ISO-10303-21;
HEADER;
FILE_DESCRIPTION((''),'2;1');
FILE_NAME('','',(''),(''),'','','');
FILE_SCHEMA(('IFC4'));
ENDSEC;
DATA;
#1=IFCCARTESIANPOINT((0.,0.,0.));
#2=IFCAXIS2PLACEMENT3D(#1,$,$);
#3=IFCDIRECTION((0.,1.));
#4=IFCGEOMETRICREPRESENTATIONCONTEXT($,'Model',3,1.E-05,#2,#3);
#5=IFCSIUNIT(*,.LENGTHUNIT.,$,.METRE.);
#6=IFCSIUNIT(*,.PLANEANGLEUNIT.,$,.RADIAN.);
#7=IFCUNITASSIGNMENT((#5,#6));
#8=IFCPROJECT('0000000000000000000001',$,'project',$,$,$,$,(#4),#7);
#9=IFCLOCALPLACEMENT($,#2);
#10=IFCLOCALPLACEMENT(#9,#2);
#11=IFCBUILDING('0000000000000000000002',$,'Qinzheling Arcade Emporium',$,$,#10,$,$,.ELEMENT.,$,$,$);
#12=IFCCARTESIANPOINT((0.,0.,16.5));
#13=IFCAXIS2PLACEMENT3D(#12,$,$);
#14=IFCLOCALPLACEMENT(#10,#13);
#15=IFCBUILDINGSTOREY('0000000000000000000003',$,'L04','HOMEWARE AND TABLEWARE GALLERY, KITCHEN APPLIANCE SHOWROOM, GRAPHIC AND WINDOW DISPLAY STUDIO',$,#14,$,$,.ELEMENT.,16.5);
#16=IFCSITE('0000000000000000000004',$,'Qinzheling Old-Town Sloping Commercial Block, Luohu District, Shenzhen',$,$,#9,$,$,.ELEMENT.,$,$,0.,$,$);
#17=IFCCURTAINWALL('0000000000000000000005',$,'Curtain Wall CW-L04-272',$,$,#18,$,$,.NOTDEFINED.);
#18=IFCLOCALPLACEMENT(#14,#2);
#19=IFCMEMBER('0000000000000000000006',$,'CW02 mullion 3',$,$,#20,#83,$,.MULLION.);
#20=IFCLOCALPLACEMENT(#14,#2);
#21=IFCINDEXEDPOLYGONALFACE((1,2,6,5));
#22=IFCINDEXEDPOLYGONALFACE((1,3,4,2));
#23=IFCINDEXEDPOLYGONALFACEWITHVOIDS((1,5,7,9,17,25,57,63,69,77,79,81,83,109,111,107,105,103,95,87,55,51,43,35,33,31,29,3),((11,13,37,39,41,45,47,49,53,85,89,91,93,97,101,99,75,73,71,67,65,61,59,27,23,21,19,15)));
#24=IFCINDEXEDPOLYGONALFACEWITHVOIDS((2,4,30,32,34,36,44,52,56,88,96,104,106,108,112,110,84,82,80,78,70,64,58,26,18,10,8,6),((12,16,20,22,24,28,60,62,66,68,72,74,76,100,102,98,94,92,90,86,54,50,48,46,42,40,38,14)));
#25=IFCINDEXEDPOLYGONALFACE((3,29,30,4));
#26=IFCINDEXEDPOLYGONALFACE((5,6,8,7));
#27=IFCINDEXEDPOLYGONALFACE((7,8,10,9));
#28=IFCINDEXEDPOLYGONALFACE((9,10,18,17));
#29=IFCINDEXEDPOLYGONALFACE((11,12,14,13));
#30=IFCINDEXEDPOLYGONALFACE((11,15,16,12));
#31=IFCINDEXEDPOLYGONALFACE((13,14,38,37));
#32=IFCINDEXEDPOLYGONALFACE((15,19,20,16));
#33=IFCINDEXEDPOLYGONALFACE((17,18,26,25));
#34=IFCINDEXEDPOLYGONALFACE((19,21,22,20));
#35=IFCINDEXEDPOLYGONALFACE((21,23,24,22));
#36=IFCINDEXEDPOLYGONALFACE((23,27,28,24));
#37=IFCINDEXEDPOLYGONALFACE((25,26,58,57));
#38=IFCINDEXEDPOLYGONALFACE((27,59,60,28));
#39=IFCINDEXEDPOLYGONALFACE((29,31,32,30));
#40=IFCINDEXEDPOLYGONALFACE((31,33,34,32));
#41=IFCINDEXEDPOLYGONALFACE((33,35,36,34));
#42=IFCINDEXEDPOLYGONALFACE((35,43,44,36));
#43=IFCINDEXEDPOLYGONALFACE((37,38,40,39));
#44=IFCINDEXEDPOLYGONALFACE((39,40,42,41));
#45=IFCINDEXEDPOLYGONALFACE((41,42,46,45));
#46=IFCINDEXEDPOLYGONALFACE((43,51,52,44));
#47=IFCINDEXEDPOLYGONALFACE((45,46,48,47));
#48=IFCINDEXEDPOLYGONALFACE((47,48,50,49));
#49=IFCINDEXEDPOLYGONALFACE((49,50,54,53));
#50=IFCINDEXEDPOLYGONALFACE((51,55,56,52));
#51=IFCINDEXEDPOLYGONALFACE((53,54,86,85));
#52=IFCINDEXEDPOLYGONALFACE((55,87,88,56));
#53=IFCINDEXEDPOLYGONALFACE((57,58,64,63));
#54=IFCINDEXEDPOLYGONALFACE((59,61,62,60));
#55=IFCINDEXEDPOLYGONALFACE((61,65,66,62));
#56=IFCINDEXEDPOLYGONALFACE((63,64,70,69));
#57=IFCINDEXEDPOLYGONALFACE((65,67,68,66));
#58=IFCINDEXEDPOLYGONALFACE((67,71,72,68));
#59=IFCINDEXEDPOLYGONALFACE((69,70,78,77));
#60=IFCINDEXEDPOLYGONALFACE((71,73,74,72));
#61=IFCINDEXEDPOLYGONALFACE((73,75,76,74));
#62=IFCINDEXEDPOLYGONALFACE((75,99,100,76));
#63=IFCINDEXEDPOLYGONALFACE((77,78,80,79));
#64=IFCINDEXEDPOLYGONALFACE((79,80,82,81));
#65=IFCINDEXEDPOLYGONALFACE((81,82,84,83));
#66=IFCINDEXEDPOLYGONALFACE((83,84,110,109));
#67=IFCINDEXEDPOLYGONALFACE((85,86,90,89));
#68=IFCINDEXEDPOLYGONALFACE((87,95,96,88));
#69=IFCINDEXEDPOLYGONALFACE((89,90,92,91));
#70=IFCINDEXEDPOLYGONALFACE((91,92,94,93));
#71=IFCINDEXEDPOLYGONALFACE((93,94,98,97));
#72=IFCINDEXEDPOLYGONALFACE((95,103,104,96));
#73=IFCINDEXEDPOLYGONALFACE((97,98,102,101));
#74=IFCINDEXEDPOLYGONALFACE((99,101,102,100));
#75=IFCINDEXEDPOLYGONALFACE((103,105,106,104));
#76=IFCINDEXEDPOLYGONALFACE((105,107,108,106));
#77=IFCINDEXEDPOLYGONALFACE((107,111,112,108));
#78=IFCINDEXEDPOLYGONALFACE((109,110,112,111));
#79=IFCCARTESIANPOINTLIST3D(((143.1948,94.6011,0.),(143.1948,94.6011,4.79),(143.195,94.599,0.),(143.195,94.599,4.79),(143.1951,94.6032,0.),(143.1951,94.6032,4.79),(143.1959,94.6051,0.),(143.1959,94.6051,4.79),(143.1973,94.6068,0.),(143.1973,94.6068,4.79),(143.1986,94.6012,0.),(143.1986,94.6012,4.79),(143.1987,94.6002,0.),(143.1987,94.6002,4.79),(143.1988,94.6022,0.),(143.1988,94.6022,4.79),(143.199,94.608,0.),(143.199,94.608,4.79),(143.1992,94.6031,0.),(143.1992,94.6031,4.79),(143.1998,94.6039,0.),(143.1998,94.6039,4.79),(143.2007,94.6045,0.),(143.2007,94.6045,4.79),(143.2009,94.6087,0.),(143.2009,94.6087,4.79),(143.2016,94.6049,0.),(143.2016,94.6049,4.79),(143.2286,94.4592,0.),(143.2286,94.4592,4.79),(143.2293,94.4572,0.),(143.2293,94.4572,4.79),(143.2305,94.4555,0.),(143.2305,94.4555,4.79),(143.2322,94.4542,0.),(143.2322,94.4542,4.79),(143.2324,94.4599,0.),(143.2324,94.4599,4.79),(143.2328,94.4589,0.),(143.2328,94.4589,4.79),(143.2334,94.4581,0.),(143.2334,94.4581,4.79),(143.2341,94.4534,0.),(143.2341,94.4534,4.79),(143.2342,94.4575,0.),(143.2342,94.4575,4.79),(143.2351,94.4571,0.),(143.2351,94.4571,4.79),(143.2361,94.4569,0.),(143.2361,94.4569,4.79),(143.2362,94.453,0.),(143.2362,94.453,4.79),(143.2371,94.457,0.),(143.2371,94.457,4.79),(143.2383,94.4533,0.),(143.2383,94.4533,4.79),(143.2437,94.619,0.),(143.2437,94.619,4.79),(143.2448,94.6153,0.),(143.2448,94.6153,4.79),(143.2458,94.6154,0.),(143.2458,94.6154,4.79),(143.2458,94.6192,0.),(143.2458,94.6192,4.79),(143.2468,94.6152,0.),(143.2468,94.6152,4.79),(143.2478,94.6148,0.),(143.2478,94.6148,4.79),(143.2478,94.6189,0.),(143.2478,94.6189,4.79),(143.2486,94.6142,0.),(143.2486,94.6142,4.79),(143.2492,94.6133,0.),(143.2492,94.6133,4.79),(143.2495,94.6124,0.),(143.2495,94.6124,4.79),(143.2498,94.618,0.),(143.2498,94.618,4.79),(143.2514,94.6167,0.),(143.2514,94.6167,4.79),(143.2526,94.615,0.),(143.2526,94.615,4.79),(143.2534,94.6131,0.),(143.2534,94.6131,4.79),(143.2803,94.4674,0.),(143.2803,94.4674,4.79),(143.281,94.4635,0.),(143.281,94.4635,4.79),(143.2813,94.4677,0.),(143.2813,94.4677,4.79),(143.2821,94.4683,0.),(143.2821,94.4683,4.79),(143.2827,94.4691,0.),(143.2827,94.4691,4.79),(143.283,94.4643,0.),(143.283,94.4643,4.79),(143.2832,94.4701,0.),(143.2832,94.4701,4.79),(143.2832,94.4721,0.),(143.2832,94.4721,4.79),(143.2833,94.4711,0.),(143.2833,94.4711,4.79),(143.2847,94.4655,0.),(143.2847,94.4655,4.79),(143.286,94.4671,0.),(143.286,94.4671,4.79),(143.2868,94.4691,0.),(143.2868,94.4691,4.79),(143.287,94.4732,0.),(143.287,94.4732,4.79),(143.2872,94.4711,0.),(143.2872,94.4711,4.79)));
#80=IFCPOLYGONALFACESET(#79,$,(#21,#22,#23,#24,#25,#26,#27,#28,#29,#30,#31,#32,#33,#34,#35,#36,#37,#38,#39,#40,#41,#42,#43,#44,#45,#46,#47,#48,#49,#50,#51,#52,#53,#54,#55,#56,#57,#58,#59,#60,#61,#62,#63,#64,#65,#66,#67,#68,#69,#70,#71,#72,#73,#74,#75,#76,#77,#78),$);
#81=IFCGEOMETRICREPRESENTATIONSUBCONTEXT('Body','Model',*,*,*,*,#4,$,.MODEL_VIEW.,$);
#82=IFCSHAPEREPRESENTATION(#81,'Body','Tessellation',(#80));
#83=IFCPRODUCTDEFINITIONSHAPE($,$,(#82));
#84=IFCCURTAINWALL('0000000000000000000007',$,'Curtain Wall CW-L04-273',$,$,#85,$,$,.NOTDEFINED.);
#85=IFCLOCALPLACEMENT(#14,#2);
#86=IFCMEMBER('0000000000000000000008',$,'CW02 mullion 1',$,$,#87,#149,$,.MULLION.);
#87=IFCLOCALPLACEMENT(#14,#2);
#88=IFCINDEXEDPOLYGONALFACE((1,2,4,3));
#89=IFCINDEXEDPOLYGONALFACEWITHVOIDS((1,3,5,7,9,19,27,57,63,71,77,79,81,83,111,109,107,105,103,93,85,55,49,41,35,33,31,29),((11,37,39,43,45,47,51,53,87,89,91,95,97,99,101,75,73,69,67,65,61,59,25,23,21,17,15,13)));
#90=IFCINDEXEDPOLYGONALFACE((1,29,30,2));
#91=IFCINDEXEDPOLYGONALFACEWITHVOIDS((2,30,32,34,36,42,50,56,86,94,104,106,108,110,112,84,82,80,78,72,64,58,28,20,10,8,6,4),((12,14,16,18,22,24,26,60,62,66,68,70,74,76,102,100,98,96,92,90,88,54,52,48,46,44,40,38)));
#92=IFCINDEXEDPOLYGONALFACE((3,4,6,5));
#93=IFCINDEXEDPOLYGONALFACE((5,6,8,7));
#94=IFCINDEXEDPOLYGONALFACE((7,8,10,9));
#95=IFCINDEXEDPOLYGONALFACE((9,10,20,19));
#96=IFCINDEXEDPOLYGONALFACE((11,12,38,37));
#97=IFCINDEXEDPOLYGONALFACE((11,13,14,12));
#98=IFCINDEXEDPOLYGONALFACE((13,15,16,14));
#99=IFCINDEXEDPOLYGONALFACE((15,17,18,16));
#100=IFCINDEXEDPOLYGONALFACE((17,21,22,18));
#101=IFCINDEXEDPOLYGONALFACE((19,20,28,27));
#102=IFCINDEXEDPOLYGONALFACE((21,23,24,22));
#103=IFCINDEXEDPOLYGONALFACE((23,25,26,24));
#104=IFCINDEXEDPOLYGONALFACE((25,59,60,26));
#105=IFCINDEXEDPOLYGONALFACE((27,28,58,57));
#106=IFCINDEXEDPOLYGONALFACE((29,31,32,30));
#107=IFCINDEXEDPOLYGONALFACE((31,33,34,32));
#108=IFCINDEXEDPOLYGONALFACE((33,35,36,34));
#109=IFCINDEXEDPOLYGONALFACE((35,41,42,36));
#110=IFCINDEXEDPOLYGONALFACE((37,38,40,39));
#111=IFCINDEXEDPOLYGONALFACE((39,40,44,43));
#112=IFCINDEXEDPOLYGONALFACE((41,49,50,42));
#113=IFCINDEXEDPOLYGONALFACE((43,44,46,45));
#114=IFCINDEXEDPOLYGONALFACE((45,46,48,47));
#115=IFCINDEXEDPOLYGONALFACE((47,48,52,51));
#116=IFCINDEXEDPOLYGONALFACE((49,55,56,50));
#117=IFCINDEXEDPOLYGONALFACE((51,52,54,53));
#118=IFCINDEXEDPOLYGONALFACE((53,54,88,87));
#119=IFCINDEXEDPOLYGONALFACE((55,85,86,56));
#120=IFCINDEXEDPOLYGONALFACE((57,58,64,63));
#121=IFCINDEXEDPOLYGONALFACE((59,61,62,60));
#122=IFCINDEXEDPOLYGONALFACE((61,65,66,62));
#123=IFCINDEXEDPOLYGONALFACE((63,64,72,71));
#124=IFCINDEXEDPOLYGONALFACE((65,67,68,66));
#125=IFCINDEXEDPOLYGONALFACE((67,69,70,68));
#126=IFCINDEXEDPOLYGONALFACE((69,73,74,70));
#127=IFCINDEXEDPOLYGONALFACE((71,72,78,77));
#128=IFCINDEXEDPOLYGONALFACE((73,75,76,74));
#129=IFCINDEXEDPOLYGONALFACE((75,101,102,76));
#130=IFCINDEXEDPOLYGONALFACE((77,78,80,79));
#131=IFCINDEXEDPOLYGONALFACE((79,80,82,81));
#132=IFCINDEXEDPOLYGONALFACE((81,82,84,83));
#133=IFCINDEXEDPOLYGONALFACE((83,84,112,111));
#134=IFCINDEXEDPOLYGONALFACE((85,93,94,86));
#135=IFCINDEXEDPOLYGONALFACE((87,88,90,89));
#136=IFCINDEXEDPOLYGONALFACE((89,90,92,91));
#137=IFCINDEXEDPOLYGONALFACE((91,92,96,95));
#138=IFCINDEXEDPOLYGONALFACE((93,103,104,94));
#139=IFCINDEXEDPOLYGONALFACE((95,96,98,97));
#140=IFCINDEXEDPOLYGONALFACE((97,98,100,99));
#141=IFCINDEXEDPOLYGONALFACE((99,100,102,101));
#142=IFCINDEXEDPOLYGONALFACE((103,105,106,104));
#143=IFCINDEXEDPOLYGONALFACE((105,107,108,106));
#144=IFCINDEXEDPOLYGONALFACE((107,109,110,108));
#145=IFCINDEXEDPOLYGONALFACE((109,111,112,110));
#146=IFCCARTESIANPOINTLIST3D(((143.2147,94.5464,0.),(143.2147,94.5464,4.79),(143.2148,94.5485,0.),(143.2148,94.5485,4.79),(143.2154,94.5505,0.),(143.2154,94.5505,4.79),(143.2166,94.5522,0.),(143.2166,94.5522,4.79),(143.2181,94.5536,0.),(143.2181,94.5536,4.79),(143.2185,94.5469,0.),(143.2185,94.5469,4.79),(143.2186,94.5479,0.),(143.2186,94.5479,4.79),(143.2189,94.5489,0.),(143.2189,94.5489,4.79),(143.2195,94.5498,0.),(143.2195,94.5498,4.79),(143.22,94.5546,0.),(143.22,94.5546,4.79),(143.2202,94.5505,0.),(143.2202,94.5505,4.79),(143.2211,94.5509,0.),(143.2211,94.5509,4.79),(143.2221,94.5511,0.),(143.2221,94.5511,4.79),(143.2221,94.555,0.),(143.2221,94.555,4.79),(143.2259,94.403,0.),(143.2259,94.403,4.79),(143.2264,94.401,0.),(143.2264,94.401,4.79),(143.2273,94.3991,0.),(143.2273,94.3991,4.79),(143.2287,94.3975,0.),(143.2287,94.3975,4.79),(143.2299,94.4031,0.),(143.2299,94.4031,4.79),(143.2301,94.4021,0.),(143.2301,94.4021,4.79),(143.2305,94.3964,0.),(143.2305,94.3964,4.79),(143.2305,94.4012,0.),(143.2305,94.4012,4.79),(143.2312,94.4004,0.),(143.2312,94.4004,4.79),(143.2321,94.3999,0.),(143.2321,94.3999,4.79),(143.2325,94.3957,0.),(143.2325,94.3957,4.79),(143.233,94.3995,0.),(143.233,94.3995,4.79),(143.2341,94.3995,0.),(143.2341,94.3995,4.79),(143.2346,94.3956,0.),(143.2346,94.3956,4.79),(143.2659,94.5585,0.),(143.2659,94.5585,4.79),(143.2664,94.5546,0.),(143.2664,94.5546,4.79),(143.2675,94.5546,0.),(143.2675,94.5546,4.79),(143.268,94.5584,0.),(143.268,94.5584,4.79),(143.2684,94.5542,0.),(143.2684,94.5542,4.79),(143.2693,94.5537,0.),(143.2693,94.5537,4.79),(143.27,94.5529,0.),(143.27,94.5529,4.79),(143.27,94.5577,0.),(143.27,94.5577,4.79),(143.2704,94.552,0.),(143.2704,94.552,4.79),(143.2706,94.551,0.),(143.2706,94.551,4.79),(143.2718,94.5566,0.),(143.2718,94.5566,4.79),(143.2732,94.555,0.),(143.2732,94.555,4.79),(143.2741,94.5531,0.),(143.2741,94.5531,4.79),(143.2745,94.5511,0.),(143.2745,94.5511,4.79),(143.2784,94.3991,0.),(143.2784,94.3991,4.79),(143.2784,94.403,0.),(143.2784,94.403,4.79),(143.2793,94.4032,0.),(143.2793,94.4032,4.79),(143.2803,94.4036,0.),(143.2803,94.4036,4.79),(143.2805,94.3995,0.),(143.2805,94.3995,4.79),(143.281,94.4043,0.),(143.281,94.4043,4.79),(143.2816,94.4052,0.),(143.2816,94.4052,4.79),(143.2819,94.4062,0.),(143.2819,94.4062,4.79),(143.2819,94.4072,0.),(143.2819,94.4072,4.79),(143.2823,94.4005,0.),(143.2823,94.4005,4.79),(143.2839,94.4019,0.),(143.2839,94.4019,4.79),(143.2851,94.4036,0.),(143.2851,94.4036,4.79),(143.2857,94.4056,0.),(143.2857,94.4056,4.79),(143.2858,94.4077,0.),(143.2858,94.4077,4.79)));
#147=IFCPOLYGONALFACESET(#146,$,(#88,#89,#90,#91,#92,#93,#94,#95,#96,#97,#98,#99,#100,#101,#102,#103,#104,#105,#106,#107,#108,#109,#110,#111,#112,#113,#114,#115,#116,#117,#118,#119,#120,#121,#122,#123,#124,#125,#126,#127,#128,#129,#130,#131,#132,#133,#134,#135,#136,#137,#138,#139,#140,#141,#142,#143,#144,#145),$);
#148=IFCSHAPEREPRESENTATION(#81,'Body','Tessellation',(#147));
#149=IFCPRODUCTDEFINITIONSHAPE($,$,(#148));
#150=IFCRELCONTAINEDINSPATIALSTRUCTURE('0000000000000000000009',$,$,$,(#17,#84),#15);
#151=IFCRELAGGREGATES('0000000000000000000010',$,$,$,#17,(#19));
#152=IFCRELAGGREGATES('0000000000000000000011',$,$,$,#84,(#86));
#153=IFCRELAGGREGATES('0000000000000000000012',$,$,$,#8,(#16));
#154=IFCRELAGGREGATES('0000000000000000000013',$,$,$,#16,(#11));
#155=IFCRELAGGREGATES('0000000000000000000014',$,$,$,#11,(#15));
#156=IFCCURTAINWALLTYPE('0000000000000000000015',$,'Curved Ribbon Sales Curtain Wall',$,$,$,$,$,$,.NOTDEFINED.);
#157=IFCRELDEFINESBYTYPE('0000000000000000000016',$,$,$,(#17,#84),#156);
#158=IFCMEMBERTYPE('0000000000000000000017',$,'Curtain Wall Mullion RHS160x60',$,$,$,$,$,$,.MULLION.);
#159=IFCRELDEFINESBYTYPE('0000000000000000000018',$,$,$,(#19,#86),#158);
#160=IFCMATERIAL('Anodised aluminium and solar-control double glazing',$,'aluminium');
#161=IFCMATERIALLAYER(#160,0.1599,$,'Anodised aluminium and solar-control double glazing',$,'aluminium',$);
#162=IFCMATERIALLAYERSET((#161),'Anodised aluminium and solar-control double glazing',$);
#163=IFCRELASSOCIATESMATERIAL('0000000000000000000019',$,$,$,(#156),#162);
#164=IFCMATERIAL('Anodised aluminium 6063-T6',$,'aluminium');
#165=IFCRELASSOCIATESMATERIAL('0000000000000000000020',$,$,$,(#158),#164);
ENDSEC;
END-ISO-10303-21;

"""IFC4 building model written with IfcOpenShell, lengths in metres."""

from ifc_helpers import new_model, si_unit, direction, frame, origin, origin_2d, place, context, subcontext, project, spatial, hollow_rectangle, extrude, material, layer, layer_set, material_profile, profile_set, type_object, element, aggregate, save


model = new_model("IFC4")

# Units and contexts
model_context = context("Model", 3, precision=1e-05, world=origin(), true_north=direction((0.0, 1.0)))
body_context = subcontext(model_context, "Body", "Model", "MODEL_VIEW")
ifc_project = project(units=[si_unit("LENGTHUNIT", "METRE"), si_unit("PLANEANGLEUNIT", "RADIAN")], contexts=[model_context])

# Site, building, storey
site_placement = place(None, origin())
site = spatial("IfcSite", under=ifc_project, at=site_placement, Name="Qinzheling Old-Town Sloping Commercial Block, Luohu District, Shenzhen", CompositionType="ELEMENT", RefElevation=0.0)
building_placement = place(site_placement, origin())
building = spatial("IfcBuilding", under=site, at=building_placement, Name="Qinzheling Arcade Emporium", CompositionType="ELEMENT")
storey_placement = place(building_placement, frame((0.0, 0.0, 16.5)))
storey = spatial("IfcBuildingStorey", under=building, at=storey_placement, Name="L04", Description="HOMEWARE AND TABLEWARE GALLERY, KITCHEN APPLIANCE SHOWROOM, GRAPHIC AND WINDOW DISPLAY STUDIO", CompositionType="ELEMENT", Elevation=16.5)

# Curtain wall, member
ifc_material_1 = material(Name="Anodised aluminium and solar-control double glazing", Category="aluminium")
ifc_layer_1 = layer(ifc_material_1, 0.1599, Name="Anodised aluminium and solar-control double glazing", Category="aluminium")
ifc_layer_set_1 = layer_set([ifc_layer_1], Name="Anodised aluminium and solar-control double glazing")
curtain_wall_type = type_object("IfcCurtainWallType", Name="Curved Ribbon Sales Curtain Wall", PredefinedType="NOTDEFINED", material=ifc_layer_set_1)
curtain_wall_1_placement = place(storey_placement, origin())
curtain_wall_1 = element("IfcCurtainWall", 1, at=curtain_wall_1_placement, inside=storey, type_object=curtain_wall_type, Name="Curtain Wall CW-L04-272", PredefinedType="NOTDEFINED")
ifc_material_2 = material(Name="Anodised aluminium 6063-T6", Category="aluminium")
ifc_material_profile_1 = material_profile(ifc_material_2, hollow_rectangle(XDim=0.0601, YDim=0.1599, WallThickness=0.0039, InnerFilletRadius=0.0039, OuterFilletRadius=0.0081, at=origin_2d()), Name="RHS 160x60x4", Category="aluminium")
ifc_profile_set_1 = profile_set([ifc_material_profile_1], Name="Anodised aluminium 6063-T6")
member_type_1 = type_object("IfcMemberType", Name="Curtain Wall Mullion RHS160x60", PredefinedType="MULLION", material=ifc_profile_set_1)
member_1_placement = place(storey_placement, frame((143.241, 94.5361, 0.0), z_axis=(0.0, 0.0, 1.0), x_axis=(0.972368, 0.233455, 0.0)))
member_1 = element("IfcMember", 2, at=member_1_placement, type_object=member_type_1, Name="CW02 mullion 3", PredefinedType="MULLION", context=body_context, shape_type="SweptSolid", body=[
    extrude(hollow_rectangle(XDim=0.0601, YDim=0.1599, WallThickness=0.0039, InnerFilletRadius=0.0039, OuterFilletRadius=0.0081, at=origin_2d()), origin(), (0.0, 0.0, 1.0), 4.79),
])

# Curtain wall, member
curtain_wall_2_placement = place(storey_placement, origin())
curtain_wall_2 = element("IfcCurtainWall", 3, at=curtain_wall_2_placement, inside=storey, type_object=curtain_wall_type, Name="Curtain Wall CW-L04-273", PredefinedType="NOTDEFINED")
member_2_placement = place(storey_placement, frame((143.2502, 94.4771, 0.0), z_axis=(0.0, 0.0, 1.0), x_axis=(0.996927, 0.078337, 0.0)))
member_2 = element("IfcMember", 4, at=member_2_placement, type_object=member_type_1, Name="CW02 mullion 1", PredefinedType="MULLION", context=body_context, shape_type="SweptSolid", body=[
    extrude(hollow_rectangle(XDim=0.0601, YDim=0.1599, WallThickness=0.0039, InnerFilletRadius=0.0039, OuterFilletRadius=0.0081, at=origin_2d()), origin(), (0.0, 0.0, 1.0), 4.79),
])

aggregate(curtain_wall_1, [member_1])
aggregate(curtain_wall_2, [member_2])

save(model, "model.ifc")
